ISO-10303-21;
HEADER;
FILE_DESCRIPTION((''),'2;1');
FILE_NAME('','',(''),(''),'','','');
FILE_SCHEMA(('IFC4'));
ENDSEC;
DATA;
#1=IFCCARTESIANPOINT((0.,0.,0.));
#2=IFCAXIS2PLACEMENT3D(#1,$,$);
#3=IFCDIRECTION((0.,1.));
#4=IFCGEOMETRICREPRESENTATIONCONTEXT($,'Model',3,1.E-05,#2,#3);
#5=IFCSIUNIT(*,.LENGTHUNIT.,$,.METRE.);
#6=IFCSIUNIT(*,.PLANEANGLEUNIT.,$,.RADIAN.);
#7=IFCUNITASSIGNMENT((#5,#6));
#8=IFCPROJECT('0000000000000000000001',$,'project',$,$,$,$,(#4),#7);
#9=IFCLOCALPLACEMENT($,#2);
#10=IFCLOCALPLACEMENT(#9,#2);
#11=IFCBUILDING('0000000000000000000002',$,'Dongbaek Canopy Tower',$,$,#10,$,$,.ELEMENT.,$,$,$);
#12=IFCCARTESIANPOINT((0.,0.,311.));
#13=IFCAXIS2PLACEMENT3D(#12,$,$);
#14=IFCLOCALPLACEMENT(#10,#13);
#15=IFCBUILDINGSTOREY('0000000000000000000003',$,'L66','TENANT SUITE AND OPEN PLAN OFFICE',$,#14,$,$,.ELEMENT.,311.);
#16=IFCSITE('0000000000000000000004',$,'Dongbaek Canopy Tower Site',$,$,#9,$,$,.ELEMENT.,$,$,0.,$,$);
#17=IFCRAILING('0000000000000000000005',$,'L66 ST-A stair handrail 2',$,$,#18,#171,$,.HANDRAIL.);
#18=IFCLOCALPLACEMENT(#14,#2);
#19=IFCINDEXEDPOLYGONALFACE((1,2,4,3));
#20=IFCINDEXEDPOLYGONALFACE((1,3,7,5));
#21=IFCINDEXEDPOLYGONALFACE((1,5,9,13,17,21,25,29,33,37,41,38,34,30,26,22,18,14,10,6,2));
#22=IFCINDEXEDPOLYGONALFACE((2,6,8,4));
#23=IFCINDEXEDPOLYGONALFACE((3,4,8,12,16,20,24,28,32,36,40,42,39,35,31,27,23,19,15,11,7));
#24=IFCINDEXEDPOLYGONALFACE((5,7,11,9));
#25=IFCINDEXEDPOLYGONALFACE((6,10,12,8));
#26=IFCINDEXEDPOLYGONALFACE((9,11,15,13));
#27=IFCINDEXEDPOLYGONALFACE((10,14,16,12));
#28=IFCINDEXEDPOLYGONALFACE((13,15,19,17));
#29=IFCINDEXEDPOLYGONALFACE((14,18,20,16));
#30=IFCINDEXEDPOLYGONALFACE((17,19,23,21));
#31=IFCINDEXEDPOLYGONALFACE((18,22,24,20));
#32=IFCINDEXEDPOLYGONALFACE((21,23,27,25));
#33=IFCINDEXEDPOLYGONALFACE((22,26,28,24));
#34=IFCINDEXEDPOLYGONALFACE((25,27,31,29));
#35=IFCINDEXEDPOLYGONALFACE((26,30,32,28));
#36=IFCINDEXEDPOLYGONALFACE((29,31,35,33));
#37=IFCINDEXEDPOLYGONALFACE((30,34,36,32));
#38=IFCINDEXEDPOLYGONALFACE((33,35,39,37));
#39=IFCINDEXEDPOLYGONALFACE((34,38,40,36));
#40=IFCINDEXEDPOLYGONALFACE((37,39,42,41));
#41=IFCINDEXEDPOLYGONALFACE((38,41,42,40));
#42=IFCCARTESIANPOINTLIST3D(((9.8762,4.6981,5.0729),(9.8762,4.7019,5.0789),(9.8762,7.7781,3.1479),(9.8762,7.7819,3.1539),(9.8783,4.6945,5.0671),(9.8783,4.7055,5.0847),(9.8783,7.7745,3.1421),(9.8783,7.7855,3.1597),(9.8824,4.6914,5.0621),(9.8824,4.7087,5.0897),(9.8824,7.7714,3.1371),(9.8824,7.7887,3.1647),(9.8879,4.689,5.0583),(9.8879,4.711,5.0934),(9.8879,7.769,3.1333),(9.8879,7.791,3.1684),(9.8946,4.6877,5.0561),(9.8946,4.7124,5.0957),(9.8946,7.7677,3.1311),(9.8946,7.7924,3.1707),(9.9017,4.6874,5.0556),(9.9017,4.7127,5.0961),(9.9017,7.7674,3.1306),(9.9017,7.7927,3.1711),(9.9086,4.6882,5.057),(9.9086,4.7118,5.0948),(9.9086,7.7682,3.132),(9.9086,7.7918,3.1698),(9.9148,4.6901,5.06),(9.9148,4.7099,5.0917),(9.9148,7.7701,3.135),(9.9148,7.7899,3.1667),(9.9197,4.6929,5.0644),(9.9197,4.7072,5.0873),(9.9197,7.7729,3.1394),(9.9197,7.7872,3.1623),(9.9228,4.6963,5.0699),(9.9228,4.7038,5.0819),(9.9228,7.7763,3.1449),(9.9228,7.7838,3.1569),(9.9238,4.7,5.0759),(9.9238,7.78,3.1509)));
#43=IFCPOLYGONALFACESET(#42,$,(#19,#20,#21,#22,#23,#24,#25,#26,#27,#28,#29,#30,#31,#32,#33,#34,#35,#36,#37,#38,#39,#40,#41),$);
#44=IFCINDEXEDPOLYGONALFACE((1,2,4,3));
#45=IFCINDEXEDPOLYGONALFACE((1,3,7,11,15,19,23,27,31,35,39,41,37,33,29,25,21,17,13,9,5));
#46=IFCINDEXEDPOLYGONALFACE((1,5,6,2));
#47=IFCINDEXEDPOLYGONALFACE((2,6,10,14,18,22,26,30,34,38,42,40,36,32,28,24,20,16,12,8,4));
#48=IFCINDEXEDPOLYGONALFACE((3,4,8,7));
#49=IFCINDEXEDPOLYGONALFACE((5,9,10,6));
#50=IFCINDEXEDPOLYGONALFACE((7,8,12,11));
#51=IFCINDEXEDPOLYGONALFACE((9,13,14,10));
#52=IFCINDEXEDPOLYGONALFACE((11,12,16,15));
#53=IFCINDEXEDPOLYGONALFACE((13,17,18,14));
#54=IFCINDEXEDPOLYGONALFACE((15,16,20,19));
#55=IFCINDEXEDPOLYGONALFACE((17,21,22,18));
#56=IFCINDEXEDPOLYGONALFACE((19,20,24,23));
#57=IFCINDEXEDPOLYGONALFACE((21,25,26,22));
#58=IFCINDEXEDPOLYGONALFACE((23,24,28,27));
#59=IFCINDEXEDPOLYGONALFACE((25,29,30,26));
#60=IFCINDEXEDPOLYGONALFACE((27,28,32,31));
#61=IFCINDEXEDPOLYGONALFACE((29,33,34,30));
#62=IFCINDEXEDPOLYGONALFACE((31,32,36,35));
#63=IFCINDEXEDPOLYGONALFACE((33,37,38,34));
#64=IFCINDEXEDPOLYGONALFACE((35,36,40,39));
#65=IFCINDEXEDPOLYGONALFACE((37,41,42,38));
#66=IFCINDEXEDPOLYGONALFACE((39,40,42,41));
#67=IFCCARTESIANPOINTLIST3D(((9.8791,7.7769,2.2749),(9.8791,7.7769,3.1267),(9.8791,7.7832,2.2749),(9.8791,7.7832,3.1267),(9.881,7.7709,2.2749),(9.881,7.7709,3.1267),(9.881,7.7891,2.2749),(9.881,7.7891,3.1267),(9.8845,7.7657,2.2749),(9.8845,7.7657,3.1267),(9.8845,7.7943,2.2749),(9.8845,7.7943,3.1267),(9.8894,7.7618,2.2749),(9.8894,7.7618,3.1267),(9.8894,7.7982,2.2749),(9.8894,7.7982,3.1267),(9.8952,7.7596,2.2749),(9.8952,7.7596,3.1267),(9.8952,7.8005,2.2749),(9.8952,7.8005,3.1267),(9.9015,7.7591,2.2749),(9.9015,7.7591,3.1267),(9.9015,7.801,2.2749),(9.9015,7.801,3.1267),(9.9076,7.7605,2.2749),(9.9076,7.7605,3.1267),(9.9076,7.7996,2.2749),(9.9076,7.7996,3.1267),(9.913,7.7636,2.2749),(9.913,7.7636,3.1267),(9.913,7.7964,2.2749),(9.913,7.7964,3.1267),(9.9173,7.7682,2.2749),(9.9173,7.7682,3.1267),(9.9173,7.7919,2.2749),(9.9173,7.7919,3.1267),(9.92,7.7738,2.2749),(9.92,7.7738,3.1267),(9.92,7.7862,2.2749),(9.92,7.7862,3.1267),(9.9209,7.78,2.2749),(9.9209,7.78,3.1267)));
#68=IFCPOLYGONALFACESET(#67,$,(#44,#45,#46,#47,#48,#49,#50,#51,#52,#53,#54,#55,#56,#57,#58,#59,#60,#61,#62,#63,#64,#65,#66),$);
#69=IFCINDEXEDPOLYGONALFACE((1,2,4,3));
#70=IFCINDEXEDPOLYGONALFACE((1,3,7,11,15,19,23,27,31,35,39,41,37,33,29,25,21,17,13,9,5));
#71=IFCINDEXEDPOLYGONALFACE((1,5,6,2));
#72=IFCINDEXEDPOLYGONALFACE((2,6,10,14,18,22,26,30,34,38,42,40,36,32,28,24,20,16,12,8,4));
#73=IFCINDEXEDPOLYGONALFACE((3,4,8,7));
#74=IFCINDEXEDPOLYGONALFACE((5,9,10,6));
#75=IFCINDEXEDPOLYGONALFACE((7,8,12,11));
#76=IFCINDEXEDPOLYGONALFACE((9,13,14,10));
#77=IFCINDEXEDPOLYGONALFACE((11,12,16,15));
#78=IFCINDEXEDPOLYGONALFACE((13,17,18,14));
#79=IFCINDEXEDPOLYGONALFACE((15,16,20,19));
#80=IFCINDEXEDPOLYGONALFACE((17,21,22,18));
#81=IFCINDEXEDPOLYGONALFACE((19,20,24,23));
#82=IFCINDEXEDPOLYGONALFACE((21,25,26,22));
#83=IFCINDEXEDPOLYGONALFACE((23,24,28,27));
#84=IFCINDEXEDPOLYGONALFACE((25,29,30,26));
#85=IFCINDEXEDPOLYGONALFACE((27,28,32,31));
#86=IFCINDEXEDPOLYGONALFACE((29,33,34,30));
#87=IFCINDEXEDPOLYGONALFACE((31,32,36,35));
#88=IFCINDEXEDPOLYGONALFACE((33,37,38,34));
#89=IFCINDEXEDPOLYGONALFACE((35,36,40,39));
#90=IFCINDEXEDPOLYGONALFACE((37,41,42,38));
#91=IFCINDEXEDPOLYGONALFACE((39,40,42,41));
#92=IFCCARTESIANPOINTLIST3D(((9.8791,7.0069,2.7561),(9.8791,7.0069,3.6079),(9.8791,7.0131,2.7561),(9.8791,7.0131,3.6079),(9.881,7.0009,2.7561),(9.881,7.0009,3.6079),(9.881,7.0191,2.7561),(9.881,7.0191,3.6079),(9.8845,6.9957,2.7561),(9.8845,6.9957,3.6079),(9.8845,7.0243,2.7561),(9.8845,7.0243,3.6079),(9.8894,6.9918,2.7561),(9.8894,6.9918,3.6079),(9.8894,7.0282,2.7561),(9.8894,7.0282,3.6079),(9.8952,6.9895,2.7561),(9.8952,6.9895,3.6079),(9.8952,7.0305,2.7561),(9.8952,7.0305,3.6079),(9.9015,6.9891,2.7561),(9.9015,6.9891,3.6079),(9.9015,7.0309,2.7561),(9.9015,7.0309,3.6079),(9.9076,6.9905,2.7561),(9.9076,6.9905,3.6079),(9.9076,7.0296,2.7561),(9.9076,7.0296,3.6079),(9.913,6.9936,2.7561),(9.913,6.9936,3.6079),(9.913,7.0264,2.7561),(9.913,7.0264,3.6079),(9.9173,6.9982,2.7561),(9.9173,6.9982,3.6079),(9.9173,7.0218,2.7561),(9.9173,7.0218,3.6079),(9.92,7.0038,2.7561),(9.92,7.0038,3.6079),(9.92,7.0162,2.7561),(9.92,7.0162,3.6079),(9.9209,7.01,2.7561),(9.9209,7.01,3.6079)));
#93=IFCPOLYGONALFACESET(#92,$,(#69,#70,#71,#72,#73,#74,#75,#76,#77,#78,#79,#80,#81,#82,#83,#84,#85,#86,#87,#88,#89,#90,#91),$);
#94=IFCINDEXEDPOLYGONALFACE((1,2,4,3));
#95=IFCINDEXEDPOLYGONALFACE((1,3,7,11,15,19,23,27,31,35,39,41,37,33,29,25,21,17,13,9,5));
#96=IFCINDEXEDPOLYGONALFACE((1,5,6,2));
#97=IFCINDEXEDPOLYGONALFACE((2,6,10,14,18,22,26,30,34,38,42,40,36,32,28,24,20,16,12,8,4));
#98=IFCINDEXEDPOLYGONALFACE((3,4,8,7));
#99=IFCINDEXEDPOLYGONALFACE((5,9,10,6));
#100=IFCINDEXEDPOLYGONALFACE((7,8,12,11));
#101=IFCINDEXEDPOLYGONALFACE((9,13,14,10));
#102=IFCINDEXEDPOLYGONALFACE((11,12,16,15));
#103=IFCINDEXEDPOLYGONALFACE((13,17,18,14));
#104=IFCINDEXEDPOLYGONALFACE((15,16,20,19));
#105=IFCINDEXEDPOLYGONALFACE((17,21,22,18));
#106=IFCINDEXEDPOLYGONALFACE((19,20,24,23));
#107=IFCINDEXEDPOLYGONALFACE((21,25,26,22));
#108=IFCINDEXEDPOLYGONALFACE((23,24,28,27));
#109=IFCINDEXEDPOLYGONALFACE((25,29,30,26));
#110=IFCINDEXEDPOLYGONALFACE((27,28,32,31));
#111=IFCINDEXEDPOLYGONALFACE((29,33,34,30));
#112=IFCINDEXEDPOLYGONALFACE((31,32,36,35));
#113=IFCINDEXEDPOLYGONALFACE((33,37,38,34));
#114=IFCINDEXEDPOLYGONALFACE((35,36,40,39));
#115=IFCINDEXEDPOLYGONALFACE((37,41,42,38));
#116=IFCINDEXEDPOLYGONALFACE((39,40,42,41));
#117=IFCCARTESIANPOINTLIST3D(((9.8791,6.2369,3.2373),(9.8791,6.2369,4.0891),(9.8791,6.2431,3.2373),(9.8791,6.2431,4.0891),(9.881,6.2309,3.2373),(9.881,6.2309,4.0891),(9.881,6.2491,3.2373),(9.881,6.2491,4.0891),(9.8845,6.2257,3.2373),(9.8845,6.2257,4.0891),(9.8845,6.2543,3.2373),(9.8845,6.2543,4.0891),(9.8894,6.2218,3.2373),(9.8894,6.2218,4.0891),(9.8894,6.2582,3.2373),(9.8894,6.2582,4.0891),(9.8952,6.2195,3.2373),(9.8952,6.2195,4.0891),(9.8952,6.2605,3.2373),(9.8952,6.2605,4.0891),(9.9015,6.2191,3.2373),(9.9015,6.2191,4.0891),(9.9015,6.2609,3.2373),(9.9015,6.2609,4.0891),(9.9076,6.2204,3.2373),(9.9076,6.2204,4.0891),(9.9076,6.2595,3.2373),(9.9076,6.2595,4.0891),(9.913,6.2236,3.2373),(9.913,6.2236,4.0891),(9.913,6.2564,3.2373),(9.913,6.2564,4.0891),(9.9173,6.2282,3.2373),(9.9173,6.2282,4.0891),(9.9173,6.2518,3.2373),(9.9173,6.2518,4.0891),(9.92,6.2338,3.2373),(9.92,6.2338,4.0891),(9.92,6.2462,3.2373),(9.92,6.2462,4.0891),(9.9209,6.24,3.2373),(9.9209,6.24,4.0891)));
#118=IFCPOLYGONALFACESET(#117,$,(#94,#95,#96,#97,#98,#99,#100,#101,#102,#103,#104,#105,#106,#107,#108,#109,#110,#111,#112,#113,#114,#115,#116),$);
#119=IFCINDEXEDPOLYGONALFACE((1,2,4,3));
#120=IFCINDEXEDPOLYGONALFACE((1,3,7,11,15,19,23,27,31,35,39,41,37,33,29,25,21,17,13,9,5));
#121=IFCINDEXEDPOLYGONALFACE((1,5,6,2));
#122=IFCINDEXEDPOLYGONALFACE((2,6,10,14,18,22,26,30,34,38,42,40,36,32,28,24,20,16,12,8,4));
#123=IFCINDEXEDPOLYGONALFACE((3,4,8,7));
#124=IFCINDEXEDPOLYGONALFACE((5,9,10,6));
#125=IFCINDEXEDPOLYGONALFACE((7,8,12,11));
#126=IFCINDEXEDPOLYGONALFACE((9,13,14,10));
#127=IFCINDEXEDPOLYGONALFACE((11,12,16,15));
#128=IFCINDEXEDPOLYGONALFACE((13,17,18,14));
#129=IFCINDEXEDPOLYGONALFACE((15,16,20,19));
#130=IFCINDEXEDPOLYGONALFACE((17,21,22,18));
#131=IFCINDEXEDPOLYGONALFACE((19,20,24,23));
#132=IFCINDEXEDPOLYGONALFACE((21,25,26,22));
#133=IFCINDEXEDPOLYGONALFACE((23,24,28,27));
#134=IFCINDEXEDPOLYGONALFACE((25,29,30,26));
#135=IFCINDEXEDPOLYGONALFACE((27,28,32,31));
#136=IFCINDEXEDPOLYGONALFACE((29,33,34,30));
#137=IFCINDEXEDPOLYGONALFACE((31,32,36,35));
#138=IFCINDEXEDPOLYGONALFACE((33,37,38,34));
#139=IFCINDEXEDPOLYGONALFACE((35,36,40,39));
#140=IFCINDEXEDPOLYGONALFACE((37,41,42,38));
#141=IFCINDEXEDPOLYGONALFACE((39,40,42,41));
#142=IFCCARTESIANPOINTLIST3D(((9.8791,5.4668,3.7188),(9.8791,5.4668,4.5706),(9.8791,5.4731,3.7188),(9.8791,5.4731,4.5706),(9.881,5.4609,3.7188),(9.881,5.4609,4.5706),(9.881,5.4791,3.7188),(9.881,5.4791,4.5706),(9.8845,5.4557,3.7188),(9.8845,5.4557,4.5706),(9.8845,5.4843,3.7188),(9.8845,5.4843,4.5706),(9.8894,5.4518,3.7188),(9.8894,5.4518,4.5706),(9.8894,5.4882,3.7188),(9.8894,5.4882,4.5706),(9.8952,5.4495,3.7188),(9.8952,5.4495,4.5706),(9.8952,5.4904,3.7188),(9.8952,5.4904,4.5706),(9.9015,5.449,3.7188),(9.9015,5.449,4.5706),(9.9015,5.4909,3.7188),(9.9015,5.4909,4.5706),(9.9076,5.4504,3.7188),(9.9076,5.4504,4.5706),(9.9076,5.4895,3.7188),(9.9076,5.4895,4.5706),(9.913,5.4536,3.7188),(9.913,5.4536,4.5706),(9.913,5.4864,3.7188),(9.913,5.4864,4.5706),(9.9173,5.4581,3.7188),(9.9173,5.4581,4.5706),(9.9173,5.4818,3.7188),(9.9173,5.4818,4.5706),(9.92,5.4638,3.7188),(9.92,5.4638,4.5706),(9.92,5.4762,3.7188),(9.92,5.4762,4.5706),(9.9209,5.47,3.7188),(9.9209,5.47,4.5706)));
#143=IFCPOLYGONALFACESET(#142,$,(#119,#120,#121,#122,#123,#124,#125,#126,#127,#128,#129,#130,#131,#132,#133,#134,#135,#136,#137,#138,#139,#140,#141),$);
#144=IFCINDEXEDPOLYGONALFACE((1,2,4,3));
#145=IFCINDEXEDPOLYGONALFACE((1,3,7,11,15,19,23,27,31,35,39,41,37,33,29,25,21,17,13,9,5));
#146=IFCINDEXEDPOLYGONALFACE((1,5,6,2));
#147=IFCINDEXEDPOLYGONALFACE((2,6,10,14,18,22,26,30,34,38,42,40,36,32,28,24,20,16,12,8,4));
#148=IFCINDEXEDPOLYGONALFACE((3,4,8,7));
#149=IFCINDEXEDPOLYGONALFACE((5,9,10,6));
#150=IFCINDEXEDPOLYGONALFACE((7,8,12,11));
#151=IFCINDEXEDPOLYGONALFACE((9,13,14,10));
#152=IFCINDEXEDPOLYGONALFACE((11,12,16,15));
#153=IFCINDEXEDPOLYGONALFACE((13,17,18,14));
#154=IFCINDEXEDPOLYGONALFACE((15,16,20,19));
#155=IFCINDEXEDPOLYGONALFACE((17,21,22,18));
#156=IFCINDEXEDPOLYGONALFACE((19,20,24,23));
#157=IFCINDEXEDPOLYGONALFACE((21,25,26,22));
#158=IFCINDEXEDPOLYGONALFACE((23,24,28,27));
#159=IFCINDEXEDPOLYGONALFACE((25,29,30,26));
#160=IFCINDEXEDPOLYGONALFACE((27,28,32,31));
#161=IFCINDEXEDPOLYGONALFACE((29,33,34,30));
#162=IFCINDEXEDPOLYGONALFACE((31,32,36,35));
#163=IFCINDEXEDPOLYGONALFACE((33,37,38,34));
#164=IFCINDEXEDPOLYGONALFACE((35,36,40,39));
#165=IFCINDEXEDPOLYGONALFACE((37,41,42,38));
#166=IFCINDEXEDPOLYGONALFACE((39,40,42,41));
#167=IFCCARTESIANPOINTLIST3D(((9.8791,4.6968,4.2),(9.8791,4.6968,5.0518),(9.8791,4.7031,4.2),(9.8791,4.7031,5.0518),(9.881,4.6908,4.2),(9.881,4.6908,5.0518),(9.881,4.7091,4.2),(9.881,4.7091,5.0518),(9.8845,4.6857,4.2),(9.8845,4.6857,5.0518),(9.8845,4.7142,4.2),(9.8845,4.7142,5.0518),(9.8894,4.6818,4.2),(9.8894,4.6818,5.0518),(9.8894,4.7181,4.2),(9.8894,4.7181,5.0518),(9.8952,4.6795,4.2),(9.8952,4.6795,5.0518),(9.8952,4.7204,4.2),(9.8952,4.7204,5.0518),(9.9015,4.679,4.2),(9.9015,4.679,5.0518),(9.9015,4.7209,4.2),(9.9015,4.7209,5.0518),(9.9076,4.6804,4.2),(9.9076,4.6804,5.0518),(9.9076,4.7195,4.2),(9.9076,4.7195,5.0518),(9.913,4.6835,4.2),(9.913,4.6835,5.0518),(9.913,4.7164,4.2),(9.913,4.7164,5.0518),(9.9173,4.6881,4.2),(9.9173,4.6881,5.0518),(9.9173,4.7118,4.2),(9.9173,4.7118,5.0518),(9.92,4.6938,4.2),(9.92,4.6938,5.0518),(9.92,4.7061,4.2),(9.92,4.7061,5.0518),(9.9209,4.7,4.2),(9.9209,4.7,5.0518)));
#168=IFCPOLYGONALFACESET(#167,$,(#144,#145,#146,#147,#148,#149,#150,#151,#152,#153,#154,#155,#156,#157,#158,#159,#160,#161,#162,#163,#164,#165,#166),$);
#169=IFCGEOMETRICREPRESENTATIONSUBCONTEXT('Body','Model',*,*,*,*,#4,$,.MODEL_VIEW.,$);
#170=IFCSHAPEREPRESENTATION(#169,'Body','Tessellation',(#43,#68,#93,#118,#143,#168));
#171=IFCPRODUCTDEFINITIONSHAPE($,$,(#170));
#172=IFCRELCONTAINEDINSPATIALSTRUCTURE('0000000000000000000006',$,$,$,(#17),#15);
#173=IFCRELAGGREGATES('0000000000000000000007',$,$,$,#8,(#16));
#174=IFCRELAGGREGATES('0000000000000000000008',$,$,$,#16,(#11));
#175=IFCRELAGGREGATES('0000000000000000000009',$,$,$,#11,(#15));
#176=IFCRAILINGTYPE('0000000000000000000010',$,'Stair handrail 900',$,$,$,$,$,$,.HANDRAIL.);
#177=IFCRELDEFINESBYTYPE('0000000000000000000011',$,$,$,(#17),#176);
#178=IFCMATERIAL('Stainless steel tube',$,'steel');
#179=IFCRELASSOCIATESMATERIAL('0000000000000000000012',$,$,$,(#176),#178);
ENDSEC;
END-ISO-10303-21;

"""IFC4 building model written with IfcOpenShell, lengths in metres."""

from ifc_helpers import new_model, si_unit, direction, frame, origin, origin_2d, place, context, subcontext, project, spatial, circle, extrude, material, type_object, element, save


model = new_model("IFC4")

# Units and contexts
model_context = context("Model", 3, precision=1e-05, world=origin(), true_north=direction((0.0, 1.0)))
body_context = subcontext(model_context, "Body", "Model", "MODEL_VIEW")
ifc_project = project(units=[si_unit("LENGTHUNIT", "METRE"), si_unit("PLANEANGLEUNIT", "RADIAN")], contexts=[model_context])

# Site, building, storey
site_placement = place(None, origin())
site = spatial("IfcSite", under=ifc_project, at=site_placement, Name="Dongbaek Canopy Tower Site", CompositionType="ELEMENT", RefElevation=0.0)
building_placement = place(site_placement, origin())
building = spatial("IfcBuilding", under=site, at=building_placement, Name="Dongbaek Canopy Tower", CompositionType="ELEMENT")
storey_placement = place(building_placement, frame((0.0, 0.0, 311.0)))
storey = spatial("IfcBuildingStorey", under=building, at=storey_placement, Name="L66", Description="TENANT SUITE AND OPEN PLAN OFFICE", CompositionType="ELEMENT", Elevation=311.0)

# Railing
ifc_material_1 = material(Name="Stainless steel tube", Category="steel")
railing_type_1 = type_object("IfcRailingType", Name="Stair handrail 900", PredefinedType="HANDRAIL", material=ifc_material_1)
railing_1_placement = place(storey_placement, frame((9.8999, 7.78, 2.2749)))
element("IfcRailing", 1, at=railing_1_placement, inside=storey, type_object=railing_type_1, Name="L66 ST-A stair handrail 2", PredefinedType="HANDRAIL", context=body_context, shape_type="SweptSolid", body=[
    extrude(circle(Radius=0.0239, at=origin_2d()), frame((0.0, 0.0, 0.876), z_axis=(0.0, -0.847998, 0.529999), x_axis=(1.0, 0.0, 0.0)), (0.0, 0.0, 1.0), 3.6321),
    extrude(circle(Radius=0.021, at=origin_2d()), origin(), (0.0, 0.0, 1.0), 0.8518),
    extrude(circle(Radius=0.021, at=origin_2d()), frame((0.0, -0.77, 0.4812)), (0.0, 0.0, 1.0), 0.8518),
    extrude(circle(Radius=0.021, at=origin_2d()), frame((0.0, -1.54, 0.9624)), (0.0, 0.0, 1.0), 0.8518),
    extrude(circle(Radius=0.021, at=origin_2d()), frame((0.0, -2.3101, 1.4438)), (0.0, 0.0, 1.0), 0.8518),
    extrude(circle(Radius=0.021, at=origin_2d()), frame((0.0, -3.0801, 1.925)), (0.0, 0.0, 1.0), 0.8518),
])

save(model, "model.ifc")
